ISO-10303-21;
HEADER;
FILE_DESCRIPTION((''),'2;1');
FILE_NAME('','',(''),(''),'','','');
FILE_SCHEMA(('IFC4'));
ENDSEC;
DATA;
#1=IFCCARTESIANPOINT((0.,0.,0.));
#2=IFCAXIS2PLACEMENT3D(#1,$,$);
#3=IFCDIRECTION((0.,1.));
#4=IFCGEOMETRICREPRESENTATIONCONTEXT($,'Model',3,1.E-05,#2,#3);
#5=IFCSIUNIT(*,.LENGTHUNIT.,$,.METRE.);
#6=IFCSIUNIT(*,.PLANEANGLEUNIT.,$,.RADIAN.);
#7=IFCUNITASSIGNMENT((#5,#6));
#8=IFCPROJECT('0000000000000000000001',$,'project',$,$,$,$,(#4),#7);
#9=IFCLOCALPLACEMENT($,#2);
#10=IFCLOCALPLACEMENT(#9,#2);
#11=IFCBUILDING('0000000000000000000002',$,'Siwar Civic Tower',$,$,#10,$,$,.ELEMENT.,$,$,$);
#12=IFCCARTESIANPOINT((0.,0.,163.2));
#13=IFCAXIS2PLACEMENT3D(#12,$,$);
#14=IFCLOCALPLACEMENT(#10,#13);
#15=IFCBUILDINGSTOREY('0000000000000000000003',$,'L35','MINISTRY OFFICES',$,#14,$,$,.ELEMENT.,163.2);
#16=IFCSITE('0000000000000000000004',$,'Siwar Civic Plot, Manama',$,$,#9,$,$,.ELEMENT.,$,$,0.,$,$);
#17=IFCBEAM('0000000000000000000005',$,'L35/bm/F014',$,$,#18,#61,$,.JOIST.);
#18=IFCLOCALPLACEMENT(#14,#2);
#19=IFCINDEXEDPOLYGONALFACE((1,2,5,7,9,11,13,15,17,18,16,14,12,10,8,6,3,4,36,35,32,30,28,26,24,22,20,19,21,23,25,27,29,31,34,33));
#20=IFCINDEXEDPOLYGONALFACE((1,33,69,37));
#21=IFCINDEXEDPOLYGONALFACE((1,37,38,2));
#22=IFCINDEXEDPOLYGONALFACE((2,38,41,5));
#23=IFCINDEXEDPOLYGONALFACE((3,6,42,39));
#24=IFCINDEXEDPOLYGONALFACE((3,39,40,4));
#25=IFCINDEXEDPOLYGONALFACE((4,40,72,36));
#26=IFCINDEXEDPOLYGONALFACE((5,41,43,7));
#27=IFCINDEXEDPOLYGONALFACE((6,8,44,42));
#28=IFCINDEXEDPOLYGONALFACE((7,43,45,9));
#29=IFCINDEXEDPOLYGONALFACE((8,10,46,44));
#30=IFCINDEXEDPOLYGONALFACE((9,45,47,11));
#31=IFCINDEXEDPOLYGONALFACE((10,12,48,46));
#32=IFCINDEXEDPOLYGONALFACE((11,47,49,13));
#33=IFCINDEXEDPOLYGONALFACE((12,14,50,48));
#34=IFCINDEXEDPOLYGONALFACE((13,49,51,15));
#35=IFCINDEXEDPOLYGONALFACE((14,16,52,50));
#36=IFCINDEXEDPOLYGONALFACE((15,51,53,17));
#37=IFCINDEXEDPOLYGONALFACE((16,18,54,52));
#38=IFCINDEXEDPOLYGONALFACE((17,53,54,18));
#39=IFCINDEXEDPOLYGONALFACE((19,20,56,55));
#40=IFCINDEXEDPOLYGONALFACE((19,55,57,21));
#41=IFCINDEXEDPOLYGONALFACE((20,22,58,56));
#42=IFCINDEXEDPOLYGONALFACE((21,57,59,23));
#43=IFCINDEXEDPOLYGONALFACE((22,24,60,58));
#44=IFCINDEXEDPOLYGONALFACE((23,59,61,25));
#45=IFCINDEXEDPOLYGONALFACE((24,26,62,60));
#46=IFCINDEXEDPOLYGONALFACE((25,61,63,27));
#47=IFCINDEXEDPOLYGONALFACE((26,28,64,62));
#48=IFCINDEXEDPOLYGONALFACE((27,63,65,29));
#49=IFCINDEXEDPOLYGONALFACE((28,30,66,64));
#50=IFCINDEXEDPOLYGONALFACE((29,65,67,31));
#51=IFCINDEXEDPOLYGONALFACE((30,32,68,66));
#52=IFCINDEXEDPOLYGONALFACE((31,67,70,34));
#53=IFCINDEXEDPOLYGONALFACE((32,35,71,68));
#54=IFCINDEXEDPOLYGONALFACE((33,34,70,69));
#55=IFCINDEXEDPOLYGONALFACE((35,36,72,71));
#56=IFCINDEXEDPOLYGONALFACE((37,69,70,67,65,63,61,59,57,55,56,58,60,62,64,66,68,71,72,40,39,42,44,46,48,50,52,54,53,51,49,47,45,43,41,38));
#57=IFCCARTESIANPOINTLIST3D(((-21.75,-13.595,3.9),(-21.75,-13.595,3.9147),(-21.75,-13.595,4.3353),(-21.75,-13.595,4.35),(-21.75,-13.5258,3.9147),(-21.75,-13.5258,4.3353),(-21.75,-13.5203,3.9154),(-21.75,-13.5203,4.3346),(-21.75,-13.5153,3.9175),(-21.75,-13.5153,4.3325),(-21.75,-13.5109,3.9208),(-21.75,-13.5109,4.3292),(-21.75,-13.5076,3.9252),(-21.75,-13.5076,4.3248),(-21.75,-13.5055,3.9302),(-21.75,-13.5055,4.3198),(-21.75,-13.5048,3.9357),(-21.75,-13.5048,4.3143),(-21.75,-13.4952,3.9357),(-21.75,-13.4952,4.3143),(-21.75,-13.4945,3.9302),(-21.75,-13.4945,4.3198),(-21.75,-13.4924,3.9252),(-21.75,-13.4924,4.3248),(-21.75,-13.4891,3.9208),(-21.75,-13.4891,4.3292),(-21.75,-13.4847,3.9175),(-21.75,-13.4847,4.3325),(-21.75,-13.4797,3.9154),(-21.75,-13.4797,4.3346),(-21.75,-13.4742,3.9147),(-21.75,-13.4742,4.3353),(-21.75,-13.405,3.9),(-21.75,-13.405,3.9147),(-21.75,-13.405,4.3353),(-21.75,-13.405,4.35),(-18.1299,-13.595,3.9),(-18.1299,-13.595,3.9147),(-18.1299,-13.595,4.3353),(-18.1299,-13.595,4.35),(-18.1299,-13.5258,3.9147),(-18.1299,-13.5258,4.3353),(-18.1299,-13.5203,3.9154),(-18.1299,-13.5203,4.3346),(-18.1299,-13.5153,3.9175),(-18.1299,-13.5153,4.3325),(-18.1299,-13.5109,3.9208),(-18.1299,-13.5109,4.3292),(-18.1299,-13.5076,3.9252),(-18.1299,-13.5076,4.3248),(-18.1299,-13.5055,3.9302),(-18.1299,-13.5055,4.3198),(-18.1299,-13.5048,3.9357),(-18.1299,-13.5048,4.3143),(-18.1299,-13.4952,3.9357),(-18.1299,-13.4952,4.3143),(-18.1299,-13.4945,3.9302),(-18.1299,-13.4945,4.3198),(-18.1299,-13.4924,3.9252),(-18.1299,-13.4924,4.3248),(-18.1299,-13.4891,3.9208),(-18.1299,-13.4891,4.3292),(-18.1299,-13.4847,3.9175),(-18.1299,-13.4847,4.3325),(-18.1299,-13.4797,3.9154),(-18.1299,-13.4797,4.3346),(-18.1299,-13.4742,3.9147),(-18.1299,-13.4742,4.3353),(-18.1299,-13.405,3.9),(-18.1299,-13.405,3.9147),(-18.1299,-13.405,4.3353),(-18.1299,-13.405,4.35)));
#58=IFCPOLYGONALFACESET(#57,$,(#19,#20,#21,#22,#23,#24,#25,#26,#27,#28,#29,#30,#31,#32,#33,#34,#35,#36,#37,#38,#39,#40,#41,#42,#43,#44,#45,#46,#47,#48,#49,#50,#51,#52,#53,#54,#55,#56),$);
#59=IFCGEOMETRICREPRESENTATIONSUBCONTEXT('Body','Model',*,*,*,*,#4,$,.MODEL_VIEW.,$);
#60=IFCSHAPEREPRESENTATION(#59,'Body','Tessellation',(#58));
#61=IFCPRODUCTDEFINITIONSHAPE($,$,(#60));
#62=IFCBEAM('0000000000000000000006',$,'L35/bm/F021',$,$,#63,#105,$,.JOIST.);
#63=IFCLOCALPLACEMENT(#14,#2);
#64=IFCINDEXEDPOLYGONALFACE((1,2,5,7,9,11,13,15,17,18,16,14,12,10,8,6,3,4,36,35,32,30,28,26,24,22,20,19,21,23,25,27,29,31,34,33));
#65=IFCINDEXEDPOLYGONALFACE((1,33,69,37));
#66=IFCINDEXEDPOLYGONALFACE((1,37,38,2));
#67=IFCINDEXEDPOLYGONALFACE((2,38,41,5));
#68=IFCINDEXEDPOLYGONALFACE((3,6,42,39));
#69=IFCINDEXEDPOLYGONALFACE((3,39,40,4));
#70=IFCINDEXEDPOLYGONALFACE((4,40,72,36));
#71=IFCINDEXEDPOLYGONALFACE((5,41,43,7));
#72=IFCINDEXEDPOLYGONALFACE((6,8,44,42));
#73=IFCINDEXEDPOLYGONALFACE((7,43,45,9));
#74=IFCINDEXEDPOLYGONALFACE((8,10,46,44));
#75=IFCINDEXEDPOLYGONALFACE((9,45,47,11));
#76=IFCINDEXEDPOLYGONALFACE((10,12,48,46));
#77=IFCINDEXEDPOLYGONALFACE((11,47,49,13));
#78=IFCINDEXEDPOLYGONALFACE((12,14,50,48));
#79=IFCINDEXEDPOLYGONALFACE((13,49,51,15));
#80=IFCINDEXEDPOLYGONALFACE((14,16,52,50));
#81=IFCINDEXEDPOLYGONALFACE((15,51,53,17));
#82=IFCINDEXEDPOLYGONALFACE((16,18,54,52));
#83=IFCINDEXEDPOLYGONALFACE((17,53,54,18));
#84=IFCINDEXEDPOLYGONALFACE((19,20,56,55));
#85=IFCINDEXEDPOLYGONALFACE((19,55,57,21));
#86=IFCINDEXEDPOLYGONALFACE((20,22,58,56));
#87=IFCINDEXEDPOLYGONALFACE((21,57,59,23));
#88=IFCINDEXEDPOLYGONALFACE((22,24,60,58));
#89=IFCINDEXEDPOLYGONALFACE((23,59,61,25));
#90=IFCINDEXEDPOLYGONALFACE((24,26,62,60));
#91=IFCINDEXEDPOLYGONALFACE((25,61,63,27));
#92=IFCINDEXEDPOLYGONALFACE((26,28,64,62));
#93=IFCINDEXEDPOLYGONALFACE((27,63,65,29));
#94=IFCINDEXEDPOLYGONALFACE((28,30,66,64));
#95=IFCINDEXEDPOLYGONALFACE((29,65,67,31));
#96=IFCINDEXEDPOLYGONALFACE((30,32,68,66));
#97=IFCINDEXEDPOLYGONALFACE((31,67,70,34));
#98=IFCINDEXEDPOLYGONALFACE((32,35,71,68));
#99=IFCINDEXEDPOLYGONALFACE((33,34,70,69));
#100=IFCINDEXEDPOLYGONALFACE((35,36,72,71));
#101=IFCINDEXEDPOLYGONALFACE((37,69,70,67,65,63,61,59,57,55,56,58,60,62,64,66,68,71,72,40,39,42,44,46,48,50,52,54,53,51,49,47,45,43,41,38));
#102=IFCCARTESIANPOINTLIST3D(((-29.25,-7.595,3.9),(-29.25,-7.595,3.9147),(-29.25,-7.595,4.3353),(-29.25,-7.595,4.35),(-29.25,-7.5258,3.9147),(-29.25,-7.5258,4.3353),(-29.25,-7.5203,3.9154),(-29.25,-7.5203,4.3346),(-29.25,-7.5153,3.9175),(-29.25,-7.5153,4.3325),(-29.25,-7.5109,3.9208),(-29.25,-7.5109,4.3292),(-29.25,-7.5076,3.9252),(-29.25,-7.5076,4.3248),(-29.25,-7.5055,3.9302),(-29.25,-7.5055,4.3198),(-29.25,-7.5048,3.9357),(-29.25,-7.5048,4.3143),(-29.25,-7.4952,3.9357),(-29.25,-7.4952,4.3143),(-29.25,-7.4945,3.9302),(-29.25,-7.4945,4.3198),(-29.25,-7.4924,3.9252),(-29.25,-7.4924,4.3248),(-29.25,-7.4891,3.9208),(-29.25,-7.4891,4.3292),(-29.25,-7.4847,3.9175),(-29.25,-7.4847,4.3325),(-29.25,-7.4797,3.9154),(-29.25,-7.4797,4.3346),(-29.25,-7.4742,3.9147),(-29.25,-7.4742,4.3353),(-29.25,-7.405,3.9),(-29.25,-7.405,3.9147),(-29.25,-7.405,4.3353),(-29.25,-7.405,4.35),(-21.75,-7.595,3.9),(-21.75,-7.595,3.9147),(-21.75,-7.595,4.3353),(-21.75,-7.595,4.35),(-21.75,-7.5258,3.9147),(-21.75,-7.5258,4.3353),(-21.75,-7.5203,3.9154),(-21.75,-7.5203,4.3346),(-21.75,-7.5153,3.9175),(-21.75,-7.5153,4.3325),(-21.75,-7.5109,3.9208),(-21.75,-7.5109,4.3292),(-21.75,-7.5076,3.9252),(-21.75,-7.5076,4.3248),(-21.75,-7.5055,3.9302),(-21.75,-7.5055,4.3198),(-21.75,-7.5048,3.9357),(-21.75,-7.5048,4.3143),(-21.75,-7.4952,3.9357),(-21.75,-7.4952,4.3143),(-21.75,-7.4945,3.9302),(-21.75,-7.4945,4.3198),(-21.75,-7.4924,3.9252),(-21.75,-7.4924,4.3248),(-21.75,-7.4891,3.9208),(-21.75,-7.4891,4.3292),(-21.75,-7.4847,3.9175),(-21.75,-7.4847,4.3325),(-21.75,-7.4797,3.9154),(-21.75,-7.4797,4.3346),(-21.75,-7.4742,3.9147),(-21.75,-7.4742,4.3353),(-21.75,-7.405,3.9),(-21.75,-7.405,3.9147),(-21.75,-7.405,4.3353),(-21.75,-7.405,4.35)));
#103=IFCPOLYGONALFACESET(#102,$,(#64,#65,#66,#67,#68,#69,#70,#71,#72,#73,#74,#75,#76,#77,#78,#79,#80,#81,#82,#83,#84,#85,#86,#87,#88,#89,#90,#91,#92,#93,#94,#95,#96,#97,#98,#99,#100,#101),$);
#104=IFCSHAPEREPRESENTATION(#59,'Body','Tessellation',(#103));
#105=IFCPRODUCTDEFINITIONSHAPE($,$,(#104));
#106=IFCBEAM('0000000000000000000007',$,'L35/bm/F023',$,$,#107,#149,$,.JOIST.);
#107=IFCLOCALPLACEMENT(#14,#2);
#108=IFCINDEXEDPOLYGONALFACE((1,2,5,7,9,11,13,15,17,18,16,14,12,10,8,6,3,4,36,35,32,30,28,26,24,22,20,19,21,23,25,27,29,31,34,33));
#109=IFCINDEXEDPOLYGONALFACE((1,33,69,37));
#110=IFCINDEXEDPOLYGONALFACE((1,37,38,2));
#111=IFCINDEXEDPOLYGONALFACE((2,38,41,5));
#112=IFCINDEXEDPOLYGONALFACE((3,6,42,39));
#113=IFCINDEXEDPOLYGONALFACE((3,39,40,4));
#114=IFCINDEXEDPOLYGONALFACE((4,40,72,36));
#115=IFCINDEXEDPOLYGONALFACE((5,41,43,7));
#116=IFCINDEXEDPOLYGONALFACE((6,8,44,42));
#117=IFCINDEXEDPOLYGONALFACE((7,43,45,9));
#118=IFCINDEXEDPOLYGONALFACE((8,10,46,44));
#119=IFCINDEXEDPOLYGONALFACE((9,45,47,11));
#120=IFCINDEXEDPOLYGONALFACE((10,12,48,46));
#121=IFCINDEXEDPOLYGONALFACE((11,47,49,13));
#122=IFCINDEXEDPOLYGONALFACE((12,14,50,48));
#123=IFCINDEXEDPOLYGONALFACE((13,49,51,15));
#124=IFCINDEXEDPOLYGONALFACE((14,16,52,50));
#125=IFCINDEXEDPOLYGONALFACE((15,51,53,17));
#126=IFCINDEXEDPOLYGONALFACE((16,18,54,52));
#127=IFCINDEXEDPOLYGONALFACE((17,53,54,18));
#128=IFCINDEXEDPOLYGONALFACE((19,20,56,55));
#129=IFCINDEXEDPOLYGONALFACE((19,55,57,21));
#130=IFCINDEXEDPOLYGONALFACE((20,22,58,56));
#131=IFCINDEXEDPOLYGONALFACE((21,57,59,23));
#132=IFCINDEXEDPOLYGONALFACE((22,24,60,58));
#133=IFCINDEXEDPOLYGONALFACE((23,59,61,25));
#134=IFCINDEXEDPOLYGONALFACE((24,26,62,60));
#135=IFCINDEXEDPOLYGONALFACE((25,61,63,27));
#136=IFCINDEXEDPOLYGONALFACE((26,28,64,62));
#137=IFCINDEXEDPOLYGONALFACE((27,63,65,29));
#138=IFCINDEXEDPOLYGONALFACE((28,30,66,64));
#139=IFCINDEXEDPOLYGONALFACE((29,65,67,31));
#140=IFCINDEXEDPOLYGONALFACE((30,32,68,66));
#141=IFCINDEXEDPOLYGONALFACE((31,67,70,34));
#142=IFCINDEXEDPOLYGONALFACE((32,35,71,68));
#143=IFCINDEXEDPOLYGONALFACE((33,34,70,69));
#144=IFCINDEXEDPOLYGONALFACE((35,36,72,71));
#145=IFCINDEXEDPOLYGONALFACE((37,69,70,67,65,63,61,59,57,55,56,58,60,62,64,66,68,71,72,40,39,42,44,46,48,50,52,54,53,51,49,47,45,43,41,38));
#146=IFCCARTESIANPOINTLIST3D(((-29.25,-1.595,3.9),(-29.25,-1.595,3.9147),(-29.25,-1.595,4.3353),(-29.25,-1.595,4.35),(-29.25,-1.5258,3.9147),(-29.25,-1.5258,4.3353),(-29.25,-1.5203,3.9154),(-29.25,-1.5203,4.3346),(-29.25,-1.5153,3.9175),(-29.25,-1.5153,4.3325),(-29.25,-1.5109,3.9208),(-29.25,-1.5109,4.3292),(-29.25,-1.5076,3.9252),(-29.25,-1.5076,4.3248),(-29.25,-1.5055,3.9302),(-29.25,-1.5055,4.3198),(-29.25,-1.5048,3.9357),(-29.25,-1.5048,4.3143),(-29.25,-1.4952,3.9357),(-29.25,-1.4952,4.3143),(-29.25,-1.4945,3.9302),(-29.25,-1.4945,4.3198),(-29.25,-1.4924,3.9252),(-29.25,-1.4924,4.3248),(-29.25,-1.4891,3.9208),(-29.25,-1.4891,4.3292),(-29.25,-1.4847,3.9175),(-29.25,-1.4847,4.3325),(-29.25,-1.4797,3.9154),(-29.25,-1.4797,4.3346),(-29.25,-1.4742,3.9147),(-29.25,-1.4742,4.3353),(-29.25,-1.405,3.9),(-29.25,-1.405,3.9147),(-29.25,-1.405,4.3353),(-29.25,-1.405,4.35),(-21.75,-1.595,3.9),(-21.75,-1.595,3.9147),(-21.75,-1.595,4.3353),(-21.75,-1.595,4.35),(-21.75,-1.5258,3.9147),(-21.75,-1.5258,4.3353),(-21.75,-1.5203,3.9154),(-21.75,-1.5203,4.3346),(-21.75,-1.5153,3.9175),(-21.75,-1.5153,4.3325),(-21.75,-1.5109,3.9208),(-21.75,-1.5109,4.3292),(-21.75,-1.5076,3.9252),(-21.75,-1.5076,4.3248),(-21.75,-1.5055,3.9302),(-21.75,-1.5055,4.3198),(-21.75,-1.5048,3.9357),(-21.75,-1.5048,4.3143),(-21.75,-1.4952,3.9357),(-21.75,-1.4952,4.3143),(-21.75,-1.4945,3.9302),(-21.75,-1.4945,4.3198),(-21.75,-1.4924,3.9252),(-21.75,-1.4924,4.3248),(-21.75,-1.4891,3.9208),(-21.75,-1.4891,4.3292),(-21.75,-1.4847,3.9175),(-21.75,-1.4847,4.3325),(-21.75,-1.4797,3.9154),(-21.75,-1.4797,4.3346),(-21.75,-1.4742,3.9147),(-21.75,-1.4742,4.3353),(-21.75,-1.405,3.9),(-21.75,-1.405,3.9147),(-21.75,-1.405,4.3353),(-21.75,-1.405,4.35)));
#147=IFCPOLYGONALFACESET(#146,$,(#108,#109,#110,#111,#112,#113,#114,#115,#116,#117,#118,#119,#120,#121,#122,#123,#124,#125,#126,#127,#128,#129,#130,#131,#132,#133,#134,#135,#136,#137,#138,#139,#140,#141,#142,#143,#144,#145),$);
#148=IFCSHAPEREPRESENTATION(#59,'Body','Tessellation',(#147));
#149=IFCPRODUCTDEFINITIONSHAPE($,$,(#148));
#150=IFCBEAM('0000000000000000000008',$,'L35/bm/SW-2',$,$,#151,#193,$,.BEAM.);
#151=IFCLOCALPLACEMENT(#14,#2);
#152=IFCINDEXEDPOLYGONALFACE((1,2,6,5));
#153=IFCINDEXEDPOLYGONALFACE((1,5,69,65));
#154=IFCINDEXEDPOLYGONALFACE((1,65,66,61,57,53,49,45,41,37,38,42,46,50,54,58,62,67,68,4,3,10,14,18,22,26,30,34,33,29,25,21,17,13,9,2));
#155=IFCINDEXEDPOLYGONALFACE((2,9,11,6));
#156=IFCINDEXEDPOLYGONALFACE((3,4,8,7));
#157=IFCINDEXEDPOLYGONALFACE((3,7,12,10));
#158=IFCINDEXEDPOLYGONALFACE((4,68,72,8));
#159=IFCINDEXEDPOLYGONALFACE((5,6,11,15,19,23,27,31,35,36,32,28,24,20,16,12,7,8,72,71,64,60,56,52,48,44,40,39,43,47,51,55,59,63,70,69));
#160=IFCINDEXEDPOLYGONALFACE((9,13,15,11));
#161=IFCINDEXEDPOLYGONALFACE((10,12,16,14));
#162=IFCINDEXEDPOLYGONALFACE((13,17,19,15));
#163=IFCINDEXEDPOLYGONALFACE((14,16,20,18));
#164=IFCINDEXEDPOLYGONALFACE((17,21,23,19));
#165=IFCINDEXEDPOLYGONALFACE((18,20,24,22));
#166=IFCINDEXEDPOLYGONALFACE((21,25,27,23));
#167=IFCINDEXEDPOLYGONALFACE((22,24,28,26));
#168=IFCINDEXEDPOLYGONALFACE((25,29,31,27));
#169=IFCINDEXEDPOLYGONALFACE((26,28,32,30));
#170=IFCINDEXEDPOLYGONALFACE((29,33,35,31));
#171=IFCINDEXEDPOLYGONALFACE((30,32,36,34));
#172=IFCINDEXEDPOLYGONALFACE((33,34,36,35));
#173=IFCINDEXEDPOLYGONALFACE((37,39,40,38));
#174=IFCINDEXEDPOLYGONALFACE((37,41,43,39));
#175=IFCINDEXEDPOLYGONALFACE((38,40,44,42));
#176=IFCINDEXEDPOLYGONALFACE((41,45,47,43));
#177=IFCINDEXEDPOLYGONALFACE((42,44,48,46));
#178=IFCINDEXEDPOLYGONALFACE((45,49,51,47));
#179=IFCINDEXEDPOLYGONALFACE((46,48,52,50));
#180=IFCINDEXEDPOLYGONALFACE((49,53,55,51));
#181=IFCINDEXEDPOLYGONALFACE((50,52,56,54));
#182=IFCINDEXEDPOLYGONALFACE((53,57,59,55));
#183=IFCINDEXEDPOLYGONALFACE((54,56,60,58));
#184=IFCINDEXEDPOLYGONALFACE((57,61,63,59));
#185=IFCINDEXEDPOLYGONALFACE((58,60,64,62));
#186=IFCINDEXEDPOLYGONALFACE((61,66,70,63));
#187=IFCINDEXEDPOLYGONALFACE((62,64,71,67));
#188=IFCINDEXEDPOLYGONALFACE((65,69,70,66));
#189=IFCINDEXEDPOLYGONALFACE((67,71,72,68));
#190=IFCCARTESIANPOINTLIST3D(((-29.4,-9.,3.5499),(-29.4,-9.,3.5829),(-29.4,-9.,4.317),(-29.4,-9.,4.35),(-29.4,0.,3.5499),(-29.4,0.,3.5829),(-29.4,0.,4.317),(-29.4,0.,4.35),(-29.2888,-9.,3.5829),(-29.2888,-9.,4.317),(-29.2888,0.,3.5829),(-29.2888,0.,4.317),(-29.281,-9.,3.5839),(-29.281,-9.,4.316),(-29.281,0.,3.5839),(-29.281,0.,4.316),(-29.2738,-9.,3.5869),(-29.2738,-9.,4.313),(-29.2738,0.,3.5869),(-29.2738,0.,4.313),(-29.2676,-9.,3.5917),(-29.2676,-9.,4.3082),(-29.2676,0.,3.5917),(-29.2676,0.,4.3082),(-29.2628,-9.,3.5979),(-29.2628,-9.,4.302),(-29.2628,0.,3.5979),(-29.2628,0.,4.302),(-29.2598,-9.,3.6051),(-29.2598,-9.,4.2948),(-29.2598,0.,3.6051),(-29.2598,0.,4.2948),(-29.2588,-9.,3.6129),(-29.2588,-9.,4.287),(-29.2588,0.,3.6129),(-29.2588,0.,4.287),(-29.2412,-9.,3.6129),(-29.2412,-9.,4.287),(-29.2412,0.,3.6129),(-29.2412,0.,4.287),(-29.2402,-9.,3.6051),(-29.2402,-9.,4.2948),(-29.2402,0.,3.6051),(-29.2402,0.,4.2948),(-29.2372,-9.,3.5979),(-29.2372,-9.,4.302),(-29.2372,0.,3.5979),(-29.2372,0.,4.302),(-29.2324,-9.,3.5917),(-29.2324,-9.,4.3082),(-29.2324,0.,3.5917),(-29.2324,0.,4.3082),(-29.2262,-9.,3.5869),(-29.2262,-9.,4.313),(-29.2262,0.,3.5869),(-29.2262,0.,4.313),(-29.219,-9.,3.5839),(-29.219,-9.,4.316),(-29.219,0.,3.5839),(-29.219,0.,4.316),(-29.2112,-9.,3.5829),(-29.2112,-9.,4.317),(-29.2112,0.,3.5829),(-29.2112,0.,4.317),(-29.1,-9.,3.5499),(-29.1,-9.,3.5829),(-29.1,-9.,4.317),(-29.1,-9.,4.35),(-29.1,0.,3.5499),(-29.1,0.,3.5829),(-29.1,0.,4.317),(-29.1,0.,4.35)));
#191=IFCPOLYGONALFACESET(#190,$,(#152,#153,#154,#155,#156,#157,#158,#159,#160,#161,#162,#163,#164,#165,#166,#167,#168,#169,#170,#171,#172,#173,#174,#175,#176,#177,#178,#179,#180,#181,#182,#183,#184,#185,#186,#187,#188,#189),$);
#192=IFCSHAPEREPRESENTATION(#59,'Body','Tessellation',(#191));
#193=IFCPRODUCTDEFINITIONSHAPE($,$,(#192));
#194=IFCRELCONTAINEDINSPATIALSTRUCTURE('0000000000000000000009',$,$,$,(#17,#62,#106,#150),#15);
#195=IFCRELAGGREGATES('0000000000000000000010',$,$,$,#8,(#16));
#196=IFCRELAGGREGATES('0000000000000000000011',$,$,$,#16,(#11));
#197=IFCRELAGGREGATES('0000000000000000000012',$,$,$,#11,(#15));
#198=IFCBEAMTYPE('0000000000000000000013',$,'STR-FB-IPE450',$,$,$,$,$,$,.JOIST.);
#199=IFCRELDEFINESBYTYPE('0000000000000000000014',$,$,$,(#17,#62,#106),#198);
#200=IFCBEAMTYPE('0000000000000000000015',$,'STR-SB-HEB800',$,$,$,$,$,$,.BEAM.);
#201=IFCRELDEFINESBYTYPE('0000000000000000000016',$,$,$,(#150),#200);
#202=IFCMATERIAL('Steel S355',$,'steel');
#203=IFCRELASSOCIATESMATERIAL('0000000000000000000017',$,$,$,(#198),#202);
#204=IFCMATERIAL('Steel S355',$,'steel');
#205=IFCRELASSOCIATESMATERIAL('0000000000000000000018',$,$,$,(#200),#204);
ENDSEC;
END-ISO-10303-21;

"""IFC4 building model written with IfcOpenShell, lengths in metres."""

from ifc_helpers import new_model, si_unit, direction, frame, origin, origin_2d, place, context, subcontext, project, spatial, i_section, extrude, material, material_profile, profile_set, type_object, element, save


model = new_model("IFC4")

# Units and contexts
model_context = context("Model", 3, precision=1e-05, world=origin(), true_north=direction((0.0, 1.0)))
body_context = subcontext(model_context, "Body", "Model", "MODEL_VIEW")
ifc_project = project(units=[si_unit("LENGTHUNIT", "METRE"), si_unit("PLANEANGLEUNIT", "RADIAN")], contexts=[model_context])

# Site, building, storey
site_placement = place(None, origin())
site = spatial("IfcSite", under=ifc_project, at=site_placement, Name="Siwar Civic Plot, Manama", CompositionType="ELEMENT", RefElevation=0.0)
building_placement = place(site_placement, origin())
building = spatial("IfcBuilding", under=site, at=building_placement, Name="Siwar Civic Tower", CompositionType="ELEMENT")
storey_placement = place(building_placement, frame((0.0, 0.0, 163.2)))
storey = spatial("IfcBuildingStorey", under=building, at=storey_placement, Name="L35", Description="MINISTRY OFFICES", CompositionType="ELEMENT", Elevation=163.2)

# Beams
ifc_material_1 = material(Name="Steel S355", Category="steel")
ifc_material_profile_1 = material_profile(ifc_material_1, i_section(OverallWidth=0.1899, OverallDepth=0.45, WebThickness=0.0095, FlangeThickness=0.0146, FilletRadius=0.021, at=origin_2d()), Name="IPE450")
ifc_profile_set_1 = profile_set([ifc_material_profile_1], Name="Steel S355")
beam_type_1 = type_object("IfcBeamType", Name="STR-FB-IPE450", PredefinedType="JOIST", material=ifc_profile_set_1)
beam_1_placement = place(storey_placement, frame((-21.75, -13.5, 4.125), z_axis=(1.0, 0.0, 0.0), x_axis=(0.0, 1.0, 0.0)))
element("IfcBeam", 1, at=beam_1_placement, inside=storey, type_object=beam_type_1, Name="L35/bm/F014", PredefinedType="JOIST", context=body_context, shape_type="SweptSolid", body=[
    extrude(i_section(OverallWidth=0.1899, OverallDepth=0.45, WebThickness=0.0095, FlangeThickness=0.0146, FilletRadius=0.021, at=origin_2d()), origin(), (0.0, 0.0, 1.0), 3.6201),
])
for number, where, z_axis, x_axis, name in (
    (2, (-29.25, -7.5, 4.125), (1.0, 0.0, 0.0), (0.0, 1.0, 0.0), "L35/bm/F021"),
    (3, (-29.25, -1.5, 4.125), (1.0, 0.0, 0.0), (0.0, 1.0, 0.0), "L35/bm/F023"),
):
    element("IfcBeam", number, at=place(storey_placement, frame(where, z_axis=z_axis, x_axis=x_axis)), inside=storey, type_object=beam_type_1, Name=name, PredefinedType="JOIST", context=body_context, shape_type="SweptSolid", body=[
        extrude(i_section(OverallWidth=0.1899, OverallDepth=0.45, WebThickness=0.0095, FlangeThickness=0.0146, FilletRadius=0.021, at=origin_2d()), origin(), (0.0, 0.0, 1.0), 7.5),
    ])
ifc_material_2 = material(Name="Steel S355", Category="steel")
ifc_material_profile_2 = material_profile(ifc_material_2, i_section(OverallWidth=0.3, OverallDepth=0.8, WebThickness=0.0176, FlangeThickness=0.033, FilletRadius=0.03, at=origin_2d()), Name="HEB800")
ifc_profile_set_2 = profile_set([ifc_material_profile_2], Name="Steel S355")
beam_type_2 = type_object("IfcBeamType", Name="STR-SB-HEB800", PredefinedType="BEAM", material=ifc_profile_set_2)
for number, where, z_axis, x_axis, name in (
    (4, (-29.25, 0.0, 3.95), (0.0, -1.0, 0.0), (1.0, 0.0, 0.0), "L35/bm/SW-2"),
):
    element("IfcBeam", number, at=place(storey_placement, frame(where, z_axis=z_axis, x_axis=x_axis)), inside=storey, type_object=beam_type_2, Name=name, PredefinedType="BEAM", context=body_context, shape_type="SweptSolid", body=[
        extrude(i_section(OverallWidth=0.3, OverallDepth=0.8, WebThickness=0.0176, FlangeThickness=0.033, FilletRadius=0.03, at=origin_2d()), origin(), (0.0, 0.0, 1.0), 9.0),
    ])

save(model, "model.ifc")
